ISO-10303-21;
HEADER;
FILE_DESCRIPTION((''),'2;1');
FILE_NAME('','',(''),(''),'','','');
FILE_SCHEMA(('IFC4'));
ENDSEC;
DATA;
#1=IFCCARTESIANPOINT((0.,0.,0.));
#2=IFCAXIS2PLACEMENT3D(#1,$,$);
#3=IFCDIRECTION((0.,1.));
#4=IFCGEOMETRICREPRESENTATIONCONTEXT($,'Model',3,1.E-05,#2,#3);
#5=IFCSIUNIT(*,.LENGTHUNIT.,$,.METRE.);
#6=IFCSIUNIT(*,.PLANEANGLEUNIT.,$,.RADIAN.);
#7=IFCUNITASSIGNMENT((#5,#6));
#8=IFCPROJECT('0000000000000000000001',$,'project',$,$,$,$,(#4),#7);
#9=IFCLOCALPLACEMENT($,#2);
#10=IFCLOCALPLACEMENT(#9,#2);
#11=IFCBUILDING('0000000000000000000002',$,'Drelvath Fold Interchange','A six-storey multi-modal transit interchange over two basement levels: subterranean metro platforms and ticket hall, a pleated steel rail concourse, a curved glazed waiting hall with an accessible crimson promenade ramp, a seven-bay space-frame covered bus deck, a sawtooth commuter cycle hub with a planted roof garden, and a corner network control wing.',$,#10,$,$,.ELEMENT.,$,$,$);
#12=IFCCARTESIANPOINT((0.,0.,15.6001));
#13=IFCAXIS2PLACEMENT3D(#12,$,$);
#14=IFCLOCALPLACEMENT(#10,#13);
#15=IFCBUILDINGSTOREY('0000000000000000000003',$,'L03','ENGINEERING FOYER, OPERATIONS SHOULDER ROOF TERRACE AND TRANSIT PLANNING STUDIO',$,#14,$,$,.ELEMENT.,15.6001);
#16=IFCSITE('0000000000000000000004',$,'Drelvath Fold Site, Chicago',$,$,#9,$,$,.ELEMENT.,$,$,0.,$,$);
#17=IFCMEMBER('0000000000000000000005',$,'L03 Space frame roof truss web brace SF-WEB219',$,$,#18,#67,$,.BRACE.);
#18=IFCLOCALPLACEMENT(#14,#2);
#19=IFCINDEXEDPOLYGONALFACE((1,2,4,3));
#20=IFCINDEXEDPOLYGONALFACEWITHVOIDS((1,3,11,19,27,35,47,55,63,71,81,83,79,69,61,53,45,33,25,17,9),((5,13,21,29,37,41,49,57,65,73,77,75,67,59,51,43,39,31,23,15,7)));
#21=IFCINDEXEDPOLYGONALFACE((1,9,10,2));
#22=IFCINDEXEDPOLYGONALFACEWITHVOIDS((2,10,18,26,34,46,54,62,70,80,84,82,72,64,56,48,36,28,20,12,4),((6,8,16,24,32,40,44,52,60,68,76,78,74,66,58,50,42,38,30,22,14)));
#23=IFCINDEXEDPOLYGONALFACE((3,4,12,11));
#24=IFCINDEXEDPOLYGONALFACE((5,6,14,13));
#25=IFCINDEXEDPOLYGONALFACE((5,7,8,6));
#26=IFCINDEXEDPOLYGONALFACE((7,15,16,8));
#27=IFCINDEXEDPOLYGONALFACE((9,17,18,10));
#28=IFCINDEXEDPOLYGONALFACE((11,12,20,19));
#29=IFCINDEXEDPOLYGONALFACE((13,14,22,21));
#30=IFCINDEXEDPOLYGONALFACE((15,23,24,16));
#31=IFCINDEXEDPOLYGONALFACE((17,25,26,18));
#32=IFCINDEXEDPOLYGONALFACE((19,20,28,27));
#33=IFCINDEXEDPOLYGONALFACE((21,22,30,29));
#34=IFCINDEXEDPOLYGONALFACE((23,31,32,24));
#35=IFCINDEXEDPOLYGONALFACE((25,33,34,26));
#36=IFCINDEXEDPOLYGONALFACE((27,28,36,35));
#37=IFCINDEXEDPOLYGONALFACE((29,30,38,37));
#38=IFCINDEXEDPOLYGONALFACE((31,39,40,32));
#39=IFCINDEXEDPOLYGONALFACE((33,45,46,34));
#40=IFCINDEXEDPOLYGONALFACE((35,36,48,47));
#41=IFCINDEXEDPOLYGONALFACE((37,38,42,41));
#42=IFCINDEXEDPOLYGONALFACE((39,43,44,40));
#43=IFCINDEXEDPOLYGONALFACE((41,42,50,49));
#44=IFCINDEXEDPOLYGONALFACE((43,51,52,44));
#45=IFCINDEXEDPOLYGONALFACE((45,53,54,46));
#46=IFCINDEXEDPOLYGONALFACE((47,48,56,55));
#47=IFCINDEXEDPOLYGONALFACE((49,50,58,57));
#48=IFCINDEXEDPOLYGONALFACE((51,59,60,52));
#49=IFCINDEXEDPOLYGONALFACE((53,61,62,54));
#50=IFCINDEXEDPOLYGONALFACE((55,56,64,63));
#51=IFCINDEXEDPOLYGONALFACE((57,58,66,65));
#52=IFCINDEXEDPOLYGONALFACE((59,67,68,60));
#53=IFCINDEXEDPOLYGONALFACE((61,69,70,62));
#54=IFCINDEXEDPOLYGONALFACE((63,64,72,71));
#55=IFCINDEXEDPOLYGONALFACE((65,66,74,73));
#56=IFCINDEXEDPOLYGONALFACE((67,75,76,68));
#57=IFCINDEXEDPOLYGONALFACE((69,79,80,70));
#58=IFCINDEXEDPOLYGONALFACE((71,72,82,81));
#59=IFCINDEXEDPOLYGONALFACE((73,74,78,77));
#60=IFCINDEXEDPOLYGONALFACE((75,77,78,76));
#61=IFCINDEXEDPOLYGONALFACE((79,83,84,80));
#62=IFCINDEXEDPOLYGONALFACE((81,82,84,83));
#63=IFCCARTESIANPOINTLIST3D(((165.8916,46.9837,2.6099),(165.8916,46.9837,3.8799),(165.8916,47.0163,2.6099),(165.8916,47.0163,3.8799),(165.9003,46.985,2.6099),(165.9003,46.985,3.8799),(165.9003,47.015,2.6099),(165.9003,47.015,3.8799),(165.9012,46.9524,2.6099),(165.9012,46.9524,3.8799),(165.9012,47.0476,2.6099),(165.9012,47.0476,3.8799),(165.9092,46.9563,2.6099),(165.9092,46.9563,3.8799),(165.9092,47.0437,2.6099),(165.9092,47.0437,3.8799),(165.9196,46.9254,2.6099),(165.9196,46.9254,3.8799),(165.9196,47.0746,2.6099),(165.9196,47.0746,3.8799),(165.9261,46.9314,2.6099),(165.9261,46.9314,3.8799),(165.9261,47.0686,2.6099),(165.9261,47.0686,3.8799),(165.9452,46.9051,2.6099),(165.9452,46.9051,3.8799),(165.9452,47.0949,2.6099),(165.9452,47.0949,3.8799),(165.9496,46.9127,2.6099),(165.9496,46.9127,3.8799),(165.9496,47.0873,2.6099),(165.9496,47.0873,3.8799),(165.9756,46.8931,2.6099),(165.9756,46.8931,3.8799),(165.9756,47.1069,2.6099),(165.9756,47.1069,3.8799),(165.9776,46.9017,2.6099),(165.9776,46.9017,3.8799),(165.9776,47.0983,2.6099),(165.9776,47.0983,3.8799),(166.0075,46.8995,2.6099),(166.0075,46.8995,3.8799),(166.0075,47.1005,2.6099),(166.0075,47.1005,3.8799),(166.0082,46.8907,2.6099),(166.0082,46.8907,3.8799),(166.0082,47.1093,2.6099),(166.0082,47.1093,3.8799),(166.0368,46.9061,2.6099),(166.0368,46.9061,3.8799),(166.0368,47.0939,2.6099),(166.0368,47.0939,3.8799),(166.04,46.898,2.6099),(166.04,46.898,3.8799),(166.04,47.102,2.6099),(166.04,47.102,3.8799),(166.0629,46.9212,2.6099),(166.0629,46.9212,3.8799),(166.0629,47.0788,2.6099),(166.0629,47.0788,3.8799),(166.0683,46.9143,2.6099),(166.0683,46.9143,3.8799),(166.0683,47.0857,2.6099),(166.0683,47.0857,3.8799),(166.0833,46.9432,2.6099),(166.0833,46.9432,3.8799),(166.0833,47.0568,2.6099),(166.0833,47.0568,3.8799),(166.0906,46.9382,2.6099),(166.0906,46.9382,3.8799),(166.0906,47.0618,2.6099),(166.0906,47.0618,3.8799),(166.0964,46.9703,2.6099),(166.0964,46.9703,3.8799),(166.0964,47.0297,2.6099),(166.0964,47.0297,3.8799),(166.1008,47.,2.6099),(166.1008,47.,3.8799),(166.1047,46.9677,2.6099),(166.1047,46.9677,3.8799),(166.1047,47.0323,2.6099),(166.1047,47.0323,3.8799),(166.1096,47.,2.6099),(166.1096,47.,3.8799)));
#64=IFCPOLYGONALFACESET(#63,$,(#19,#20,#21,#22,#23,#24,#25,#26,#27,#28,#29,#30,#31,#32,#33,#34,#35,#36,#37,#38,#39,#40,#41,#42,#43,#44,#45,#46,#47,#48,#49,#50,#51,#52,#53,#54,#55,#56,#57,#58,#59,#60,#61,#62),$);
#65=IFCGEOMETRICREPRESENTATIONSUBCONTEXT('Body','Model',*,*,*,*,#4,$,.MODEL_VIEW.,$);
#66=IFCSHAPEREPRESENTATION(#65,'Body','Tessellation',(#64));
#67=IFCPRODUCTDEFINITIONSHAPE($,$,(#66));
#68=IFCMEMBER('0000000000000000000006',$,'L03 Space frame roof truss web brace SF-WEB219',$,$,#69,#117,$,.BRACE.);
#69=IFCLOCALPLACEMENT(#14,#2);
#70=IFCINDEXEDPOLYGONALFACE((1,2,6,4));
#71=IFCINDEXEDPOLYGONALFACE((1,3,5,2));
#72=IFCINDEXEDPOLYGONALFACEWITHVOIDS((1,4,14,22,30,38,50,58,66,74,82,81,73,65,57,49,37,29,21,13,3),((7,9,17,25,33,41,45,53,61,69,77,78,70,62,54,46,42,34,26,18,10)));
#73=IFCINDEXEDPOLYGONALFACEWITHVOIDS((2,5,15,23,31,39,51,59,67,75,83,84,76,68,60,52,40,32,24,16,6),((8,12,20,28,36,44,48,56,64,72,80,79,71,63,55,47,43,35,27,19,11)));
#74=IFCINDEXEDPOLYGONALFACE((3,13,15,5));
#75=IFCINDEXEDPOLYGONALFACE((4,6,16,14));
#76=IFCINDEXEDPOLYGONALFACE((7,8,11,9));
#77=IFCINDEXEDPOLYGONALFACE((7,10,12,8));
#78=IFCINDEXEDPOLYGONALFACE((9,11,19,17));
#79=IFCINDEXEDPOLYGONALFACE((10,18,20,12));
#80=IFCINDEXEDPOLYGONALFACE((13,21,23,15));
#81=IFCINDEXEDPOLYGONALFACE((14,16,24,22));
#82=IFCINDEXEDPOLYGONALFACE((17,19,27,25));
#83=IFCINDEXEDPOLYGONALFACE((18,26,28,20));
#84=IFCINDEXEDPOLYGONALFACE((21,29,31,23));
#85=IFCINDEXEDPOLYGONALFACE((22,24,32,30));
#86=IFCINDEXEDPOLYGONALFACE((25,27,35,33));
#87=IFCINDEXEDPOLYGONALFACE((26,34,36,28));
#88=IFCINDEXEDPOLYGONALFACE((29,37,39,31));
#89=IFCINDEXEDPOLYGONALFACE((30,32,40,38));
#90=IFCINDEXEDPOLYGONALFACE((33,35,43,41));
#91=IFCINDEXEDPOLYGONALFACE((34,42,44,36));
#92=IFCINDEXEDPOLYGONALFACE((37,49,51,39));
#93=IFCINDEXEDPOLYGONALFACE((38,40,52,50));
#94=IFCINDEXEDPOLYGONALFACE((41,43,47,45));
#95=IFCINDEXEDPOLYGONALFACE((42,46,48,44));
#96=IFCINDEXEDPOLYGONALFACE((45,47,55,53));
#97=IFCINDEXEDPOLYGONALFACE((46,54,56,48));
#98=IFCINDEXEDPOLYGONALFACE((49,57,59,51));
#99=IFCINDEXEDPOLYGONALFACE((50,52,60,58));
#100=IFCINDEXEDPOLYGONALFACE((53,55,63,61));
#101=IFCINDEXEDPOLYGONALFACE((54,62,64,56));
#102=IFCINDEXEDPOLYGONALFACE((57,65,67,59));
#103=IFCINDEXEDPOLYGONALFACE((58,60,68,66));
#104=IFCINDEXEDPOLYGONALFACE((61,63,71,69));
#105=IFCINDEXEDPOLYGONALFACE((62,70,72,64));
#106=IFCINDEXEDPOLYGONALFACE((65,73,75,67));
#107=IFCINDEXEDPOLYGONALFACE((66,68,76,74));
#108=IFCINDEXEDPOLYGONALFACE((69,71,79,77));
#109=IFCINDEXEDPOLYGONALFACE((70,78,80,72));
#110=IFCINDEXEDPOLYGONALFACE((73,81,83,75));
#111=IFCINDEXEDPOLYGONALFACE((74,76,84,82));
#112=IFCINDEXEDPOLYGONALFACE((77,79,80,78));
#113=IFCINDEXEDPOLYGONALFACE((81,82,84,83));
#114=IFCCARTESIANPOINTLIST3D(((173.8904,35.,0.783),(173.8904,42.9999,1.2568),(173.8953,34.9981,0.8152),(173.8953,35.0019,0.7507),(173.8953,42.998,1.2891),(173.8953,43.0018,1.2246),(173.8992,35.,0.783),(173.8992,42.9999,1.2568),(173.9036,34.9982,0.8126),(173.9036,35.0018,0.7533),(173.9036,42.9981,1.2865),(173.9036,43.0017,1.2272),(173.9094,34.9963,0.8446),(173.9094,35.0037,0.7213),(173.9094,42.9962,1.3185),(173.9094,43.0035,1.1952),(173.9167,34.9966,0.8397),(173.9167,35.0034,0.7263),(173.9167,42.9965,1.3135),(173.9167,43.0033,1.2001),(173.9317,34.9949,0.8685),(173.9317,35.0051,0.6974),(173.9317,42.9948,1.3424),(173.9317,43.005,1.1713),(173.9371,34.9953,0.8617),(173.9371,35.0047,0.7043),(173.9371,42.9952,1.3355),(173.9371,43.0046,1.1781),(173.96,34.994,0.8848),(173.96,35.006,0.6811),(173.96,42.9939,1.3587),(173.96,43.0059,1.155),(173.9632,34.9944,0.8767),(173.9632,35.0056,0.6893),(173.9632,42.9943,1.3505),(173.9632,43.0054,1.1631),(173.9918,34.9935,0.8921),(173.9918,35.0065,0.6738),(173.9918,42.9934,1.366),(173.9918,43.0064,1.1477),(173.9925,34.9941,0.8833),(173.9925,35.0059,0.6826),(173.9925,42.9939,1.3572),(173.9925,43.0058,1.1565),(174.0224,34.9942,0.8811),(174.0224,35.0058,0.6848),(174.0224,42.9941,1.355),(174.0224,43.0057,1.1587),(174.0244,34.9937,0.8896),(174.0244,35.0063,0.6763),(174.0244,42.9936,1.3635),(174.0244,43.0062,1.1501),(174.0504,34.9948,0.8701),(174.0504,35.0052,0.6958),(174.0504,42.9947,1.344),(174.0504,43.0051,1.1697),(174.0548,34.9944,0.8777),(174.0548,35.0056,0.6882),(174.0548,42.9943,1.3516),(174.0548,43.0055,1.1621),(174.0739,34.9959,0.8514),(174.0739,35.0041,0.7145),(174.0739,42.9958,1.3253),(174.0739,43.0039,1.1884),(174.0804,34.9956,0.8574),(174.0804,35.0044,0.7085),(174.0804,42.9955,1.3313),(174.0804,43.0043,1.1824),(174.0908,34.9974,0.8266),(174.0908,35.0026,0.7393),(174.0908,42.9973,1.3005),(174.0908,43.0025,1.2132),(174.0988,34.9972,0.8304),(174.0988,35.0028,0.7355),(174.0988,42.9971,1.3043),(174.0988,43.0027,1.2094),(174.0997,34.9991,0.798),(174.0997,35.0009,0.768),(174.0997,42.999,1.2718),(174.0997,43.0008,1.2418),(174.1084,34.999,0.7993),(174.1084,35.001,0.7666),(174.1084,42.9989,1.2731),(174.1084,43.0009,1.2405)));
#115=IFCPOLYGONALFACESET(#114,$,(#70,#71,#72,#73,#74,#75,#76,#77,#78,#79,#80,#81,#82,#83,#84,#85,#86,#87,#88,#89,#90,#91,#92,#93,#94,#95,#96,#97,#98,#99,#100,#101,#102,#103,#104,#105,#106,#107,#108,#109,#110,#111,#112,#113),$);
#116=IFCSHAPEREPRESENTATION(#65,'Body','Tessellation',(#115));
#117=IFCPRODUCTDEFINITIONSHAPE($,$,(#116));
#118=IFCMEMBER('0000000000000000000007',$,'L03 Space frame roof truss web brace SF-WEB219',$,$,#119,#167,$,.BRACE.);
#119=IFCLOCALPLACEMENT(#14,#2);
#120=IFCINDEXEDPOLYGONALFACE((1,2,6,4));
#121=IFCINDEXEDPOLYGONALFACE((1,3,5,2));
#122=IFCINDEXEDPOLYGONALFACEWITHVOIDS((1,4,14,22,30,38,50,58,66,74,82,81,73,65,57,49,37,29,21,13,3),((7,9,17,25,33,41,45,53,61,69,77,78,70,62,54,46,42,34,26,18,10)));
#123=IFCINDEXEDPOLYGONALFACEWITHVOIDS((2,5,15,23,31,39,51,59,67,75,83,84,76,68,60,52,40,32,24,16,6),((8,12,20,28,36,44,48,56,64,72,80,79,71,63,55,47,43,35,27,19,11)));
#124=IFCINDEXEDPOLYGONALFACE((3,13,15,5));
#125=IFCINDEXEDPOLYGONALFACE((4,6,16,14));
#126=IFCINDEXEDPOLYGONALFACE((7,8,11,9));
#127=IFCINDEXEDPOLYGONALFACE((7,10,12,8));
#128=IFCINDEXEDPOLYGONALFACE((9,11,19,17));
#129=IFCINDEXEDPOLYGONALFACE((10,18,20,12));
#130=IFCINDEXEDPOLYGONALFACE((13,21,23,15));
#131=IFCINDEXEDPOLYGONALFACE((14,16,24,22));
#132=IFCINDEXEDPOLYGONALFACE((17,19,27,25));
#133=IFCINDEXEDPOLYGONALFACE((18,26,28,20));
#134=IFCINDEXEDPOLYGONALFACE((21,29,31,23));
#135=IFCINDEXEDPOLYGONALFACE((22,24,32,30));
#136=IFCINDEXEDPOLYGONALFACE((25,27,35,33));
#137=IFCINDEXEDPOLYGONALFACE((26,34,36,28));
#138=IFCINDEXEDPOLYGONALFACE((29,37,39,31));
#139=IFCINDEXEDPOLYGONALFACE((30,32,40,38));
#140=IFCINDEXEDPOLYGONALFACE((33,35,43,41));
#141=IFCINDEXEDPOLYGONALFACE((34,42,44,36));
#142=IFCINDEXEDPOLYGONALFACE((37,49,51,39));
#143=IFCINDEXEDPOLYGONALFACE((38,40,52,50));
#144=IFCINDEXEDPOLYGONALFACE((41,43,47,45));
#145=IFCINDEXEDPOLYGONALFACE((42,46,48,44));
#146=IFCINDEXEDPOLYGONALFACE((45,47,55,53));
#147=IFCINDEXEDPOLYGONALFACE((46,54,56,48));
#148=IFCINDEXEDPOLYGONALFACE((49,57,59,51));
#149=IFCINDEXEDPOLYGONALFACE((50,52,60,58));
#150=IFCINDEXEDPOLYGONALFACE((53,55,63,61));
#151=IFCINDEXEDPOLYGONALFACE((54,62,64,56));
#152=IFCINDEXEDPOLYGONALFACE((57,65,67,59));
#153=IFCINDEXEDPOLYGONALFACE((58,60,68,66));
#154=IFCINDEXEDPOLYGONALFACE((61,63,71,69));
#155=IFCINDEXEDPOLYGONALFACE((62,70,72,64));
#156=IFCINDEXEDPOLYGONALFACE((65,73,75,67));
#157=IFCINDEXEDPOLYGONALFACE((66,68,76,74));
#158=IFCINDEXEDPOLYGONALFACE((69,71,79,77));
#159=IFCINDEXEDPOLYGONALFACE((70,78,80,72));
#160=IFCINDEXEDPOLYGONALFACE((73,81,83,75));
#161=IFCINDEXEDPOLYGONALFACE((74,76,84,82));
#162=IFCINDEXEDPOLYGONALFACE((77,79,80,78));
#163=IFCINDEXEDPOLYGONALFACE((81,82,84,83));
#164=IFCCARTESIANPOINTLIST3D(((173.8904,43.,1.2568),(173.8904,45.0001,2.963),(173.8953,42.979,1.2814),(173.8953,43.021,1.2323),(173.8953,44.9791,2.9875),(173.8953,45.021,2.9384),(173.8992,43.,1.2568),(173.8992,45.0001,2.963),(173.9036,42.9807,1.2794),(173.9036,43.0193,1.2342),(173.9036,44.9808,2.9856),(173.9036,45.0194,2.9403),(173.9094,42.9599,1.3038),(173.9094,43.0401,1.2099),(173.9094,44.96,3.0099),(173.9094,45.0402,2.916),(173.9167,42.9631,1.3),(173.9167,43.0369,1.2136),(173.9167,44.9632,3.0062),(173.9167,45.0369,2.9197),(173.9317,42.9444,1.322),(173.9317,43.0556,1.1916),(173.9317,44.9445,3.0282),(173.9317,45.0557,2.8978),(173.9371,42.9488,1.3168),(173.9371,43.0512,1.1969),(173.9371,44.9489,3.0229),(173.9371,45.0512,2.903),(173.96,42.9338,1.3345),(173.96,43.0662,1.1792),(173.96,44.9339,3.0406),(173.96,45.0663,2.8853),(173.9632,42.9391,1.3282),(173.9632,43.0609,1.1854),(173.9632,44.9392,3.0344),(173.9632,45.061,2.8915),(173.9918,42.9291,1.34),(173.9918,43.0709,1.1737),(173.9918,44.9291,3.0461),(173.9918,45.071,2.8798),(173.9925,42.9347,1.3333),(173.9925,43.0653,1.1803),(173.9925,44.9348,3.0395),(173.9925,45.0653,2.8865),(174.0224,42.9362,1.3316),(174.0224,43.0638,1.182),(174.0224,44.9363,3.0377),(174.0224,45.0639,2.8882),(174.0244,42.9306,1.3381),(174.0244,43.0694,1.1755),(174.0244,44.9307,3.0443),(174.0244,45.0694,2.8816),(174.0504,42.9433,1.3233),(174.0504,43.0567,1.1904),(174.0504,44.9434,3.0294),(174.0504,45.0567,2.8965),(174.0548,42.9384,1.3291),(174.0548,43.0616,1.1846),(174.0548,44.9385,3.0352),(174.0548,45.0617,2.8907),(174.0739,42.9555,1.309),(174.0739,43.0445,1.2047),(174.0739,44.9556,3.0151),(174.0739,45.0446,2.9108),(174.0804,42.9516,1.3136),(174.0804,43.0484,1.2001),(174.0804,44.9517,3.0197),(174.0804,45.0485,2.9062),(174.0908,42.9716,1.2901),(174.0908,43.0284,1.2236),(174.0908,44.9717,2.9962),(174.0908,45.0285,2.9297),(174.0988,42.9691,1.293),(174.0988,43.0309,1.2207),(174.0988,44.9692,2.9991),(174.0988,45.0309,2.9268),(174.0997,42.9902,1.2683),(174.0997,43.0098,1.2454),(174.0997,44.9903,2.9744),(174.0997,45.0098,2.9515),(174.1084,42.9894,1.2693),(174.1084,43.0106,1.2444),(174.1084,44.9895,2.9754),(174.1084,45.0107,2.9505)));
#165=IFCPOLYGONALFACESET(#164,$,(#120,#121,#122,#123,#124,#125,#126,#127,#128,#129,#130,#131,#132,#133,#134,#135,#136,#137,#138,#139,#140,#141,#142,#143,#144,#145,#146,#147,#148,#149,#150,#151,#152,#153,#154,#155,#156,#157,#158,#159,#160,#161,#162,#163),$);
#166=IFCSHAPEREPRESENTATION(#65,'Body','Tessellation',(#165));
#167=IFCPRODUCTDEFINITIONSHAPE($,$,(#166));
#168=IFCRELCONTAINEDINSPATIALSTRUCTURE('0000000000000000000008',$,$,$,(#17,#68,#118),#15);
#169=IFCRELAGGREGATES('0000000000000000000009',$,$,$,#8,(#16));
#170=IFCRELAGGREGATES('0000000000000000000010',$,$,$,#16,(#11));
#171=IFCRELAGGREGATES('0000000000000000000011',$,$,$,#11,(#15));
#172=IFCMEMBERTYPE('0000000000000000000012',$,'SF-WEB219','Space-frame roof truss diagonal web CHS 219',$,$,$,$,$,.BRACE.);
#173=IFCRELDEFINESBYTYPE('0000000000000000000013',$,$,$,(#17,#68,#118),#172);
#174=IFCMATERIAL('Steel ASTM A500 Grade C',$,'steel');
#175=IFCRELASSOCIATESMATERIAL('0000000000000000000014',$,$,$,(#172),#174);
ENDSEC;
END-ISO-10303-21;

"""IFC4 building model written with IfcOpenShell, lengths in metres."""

from ifc_helpers import new_model, si_unit, direction, frame, origin, origin_2d, place, context, subcontext, project, spatial, hollow_circle, extrude, material, material_profile, profile_set, type_object, element, save


model = new_model("IFC4")

# Units and contexts
model_context = context("Model", 3, precision=1e-05, world=origin(), true_north=direction((0.0, 1.0)))
body_context = subcontext(model_context, "Body", "Model", "MODEL_VIEW")
ifc_project = project(units=[si_unit("LENGTHUNIT", "METRE"), si_unit("PLANEANGLEUNIT", "RADIAN")], contexts=[model_context])

# Site, building, storey
site_placement = place(None, origin())
site = spatial("IfcSite", under=ifc_project, at=site_placement, Name="Drelvath Fold Site, Chicago", CompositionType="ELEMENT", RefElevation=0.0)
building_placement = place(site_placement, origin())
building = spatial("IfcBuilding", under=site, at=building_placement, Name="Drelvath Fold Interchange", Description="A six-storey multi-modal transit interchange over two basement levels: subterranean metro platforms and ticket hall, a pleated steel rail concourse, a curved glazed waiting hall with an accessible crimson promenade ramp, a seven-bay space-frame covered bus deck, a sawtooth commuter cycle hub with a planted roof garden, and a corner network control wing.", CompositionType="ELEMENT")
storey_placement = place(building_placement, frame((0.0, 0.0, 15.6001)))
storey = spatial("IfcBuildingStorey", under=building, at=storey_placement, Name="L03", Description="ENGINEERING FOYER, OPERATIONS SHOULDER ROOF TERRACE AND TRANSIT PLANNING STUDIO", CompositionType="ELEMENT", Elevation=15.6001)

# Shared definitions
ifc_material_1 = material(Name="Steel ASTM A500 Grade C", Category="steel")

# Members
ifc_material_profile_1 = material_profile(ifc_material_1, hollow_circle(Radius=0.1096, WallThickness=0.0088, at=origin_2d()), Name="HSS8.625X0.375")
ifc_profile_set_1 = profile_set([ifc_material_profile_1], Name="Steel ASTM A500 Grade C")
member_type_1 = type_object("IfcMemberType", Name="SF-WEB219", Description="Space-frame roof truss diagonal web CHS 219", PredefinedType="BRACE", material=ifc_profile_set_1)
for number, where, z_axis, x_axis, name in (
    (1, (166.0, 47.0, 2.6099), (0.0, 0.0, 1.0), (1.0, 0.0, 0.0), "L03 Space frame roof truss web brace SF-WEB219"),
):
    element("IfcMember", number, at=place(storey_placement, frame(where, z_axis=z_axis, x_axis=x_axis)), inside=storey, type_object=member_type_1, Name=name, PredefinedType="BRACE", context=body_context, shape_type="SweptSolid", body=[
        extrude(hollow_circle(Radius=0.1096, WallThickness=0.0088, at=origin_2d()), origin(), (0.0, 0.0, 1.0), 1.27),
    ])
member_1_placement = place(storey_placement, frame((174.0, 35.0, 0.783), z_axis=(0.0, 0.99825, 0.059131), x_axis=(-1.0, 0.0, 0.0)))
element("IfcMember", 2, at=member_1_placement, inside=storey, type_object=member_type_1, Name="L03 Space frame roof truss web brace SF-WEB219", PredefinedType="BRACE", context=body_context, shape_type="SweptSolid", body=[
    extrude(hollow_circle(Radius=0.1096, WallThickness=0.0088, at=origin_2d()), origin(), (0.0, 0.0, 1.0), 8.0139),
])
member_2_placement = place(storey_placement, frame((174.0, 43.0, 1.2568), z_axis=(0.0, 0.760802, 0.648985), x_axis=(-1.0, 0.0, 0.0)))
element("IfcMember", 3, at=member_2_placement, inside=storey, type_object=member_type_1, Name="L03 Space frame roof truss web brace SF-WEB219", PredefinedType="BRACE", context=body_context, shape_type="SweptSolid", body=[
    extrude(hollow_circle(Radius=0.1096, WallThickness=0.0088, at=origin_2d()), origin(), (0.0, 0.0, 1.0), 2.6289),
])

save(model, "model.ifc")
